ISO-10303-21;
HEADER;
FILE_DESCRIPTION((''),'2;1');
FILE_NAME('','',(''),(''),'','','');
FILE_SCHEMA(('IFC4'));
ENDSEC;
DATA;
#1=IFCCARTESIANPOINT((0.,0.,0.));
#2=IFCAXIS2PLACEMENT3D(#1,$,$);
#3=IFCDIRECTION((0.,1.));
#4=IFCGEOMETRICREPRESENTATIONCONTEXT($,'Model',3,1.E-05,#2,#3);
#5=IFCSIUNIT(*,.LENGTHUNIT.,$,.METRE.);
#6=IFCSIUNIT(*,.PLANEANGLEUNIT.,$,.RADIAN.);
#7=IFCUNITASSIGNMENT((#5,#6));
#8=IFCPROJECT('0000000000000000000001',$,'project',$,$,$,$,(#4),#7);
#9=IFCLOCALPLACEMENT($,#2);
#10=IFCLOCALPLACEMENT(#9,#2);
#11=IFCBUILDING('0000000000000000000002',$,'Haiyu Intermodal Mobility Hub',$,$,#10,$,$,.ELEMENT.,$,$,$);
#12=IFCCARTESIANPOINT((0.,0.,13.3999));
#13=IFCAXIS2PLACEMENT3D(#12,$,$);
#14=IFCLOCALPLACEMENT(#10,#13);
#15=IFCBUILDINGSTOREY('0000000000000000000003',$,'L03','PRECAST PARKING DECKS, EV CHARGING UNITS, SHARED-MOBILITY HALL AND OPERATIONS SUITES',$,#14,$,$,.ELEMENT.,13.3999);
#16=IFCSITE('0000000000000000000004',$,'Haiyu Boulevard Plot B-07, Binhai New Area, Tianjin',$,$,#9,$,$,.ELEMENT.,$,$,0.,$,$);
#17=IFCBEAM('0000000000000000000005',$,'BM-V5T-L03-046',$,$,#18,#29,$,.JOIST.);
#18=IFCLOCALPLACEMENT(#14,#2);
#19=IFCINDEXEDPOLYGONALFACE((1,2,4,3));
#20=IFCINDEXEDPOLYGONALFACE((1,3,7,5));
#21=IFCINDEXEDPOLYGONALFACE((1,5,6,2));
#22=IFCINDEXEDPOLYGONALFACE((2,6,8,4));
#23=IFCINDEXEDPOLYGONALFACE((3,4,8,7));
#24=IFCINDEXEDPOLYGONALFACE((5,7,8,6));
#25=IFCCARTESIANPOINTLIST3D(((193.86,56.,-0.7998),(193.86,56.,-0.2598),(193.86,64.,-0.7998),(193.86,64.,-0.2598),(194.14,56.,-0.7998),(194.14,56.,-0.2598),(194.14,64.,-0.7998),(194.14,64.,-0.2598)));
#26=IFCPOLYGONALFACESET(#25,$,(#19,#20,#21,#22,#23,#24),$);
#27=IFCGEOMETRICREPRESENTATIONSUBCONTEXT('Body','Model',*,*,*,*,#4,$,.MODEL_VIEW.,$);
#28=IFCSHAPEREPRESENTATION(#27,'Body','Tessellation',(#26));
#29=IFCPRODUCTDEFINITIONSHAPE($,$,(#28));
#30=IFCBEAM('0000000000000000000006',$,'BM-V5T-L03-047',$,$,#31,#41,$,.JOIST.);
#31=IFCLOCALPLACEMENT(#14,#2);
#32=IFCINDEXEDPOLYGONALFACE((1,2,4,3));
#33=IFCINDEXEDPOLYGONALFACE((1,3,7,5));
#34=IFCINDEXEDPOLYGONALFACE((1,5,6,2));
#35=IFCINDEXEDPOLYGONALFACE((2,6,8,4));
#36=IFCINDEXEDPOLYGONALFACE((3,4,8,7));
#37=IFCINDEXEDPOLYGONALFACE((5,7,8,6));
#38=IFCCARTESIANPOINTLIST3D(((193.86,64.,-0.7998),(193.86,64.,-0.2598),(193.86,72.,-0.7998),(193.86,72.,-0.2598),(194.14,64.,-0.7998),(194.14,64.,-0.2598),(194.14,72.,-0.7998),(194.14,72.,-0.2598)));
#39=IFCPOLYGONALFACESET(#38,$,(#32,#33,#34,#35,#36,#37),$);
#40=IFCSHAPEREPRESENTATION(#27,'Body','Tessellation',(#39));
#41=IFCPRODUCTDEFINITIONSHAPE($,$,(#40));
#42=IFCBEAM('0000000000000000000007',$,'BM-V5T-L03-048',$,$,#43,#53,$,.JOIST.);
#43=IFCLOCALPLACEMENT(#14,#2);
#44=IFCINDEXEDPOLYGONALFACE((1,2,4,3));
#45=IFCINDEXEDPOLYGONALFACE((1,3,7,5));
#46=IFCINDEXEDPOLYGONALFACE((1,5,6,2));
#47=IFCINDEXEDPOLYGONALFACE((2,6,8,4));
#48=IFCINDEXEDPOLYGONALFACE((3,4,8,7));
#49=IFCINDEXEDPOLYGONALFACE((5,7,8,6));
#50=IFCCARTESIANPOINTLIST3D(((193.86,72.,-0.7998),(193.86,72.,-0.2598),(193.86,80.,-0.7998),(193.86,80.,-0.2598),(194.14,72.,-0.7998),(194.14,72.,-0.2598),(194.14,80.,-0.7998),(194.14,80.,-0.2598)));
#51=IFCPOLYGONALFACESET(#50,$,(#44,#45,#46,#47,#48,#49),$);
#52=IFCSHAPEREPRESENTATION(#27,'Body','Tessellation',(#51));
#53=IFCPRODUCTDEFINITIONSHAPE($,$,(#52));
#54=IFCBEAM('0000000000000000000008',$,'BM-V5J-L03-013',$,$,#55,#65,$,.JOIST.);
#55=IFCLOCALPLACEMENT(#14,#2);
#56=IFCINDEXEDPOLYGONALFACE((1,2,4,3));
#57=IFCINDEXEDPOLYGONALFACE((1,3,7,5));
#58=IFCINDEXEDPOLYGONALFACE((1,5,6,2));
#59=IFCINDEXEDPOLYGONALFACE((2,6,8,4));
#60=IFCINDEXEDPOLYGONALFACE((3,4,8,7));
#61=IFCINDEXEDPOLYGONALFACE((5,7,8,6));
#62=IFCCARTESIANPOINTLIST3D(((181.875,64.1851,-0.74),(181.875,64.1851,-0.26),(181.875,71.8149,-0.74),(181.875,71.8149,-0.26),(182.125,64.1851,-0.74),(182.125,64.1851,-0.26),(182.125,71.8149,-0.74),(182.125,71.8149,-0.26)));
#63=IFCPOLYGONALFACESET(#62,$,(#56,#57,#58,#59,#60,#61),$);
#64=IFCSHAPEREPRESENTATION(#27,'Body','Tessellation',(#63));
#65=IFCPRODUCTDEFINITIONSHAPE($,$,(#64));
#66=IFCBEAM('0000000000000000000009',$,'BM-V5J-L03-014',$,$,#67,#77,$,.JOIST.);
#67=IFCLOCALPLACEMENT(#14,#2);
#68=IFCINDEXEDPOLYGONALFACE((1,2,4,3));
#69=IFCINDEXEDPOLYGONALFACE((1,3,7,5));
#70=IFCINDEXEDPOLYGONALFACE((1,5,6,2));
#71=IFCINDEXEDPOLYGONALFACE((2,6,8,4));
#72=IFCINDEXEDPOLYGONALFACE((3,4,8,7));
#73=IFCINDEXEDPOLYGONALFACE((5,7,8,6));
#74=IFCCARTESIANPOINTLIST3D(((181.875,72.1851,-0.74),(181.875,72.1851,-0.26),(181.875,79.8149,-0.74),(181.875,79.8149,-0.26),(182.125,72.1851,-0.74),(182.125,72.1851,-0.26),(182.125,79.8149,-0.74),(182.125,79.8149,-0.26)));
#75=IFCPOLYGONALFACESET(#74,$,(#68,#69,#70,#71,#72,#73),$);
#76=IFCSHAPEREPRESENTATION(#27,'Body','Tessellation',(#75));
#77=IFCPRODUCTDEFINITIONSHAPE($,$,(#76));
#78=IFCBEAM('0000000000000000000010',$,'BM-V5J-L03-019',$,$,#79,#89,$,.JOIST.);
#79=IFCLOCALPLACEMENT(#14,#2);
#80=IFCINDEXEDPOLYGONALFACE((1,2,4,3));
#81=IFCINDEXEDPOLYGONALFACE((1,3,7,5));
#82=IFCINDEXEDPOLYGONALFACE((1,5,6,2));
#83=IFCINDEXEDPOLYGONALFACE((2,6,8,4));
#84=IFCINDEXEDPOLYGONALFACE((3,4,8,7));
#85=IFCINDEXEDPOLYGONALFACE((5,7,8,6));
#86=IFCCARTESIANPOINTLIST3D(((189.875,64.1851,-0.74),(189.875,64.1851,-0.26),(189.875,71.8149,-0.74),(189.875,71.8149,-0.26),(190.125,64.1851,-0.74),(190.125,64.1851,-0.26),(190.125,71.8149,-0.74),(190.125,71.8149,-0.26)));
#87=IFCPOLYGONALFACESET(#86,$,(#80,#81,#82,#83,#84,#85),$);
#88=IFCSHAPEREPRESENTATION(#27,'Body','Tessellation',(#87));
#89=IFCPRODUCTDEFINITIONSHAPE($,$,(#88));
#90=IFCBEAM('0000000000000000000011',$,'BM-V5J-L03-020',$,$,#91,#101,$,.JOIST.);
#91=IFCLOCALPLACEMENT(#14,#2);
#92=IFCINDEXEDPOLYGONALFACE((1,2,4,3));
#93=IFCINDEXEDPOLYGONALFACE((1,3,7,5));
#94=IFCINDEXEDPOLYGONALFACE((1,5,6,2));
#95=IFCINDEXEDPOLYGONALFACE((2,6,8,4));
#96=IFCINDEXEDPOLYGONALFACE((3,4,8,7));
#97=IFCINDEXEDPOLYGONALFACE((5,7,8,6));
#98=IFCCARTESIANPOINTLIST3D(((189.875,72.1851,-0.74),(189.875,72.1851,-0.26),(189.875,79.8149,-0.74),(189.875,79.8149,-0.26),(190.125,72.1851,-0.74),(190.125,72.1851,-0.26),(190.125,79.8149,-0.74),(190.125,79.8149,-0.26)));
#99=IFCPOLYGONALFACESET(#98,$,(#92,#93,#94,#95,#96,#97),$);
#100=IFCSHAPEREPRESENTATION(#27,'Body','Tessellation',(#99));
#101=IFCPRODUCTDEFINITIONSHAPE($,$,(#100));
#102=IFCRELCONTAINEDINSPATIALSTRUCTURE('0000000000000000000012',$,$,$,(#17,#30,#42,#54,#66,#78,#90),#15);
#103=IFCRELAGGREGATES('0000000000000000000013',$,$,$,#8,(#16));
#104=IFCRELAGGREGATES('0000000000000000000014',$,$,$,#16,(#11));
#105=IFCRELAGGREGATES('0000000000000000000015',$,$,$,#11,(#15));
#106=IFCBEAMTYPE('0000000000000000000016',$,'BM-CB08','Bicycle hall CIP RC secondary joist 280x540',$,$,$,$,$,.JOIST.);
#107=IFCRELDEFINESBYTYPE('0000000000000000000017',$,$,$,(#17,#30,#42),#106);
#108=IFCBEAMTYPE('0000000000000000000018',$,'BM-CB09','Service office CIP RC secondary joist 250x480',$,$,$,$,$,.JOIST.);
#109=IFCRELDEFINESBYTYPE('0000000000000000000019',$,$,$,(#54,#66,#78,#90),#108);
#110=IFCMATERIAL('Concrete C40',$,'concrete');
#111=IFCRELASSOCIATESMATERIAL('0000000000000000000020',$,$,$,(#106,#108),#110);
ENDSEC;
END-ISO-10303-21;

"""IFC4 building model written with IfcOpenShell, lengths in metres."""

from ifc_helpers import new_model, si_unit, direction, frame, origin, origin_2d, place, context, subcontext, project, spatial, rectangle, extrude, material, material_profile, profile_set, type_object, element, save


model = new_model("IFC4")

# Units and contexts
model_context = context("Model", 3, precision=1e-05, world=origin(), true_north=direction((0.0, 1.0)))
body_context = subcontext(model_context, "Body", "Model", "MODEL_VIEW")
ifc_project = project(units=[si_unit("LENGTHUNIT", "METRE"), si_unit("PLANEANGLEUNIT", "RADIAN")], contexts=[model_context])

# Site, building, storey
site_placement = place(None, origin())
site = spatial("IfcSite", under=ifc_project, at=site_placement, Name="Haiyu Boulevard Plot B-07, Binhai New Area, Tianjin", CompositionType="ELEMENT", RefElevation=0.0)
building_placement = place(site_placement, origin())
building = spatial("IfcBuilding", under=site, at=building_placement, Name="Haiyu Intermodal Mobility Hub", CompositionType="ELEMENT")
storey_placement = place(building_placement, frame((0.0, 0.0, 13.3999)))
storey = spatial("IfcBuildingStorey", under=building, at=storey_placement, Name="L03", Description="PRECAST PARKING DECKS, EV CHARGING UNITS, SHARED-MOBILITY HALL AND OPERATIONS SUITES", CompositionType="ELEMENT", Elevation=13.3999)

# Shared definitions
ifc_material = material(Name="Concrete C40", Category="concrete")

# Beams
ifc_material_profile_1 = material_profile(ifc_material, rectangle(XDim=0.28, YDim=0.54, at=origin_2d()), Name="RCB280x540")
ifc_profile_set_1 = profile_set([ifc_material_profile_1], Name="Concrete C40")
beam_type_1 = type_object("IfcBeamType", Name="BM-CB08", Description="Bicycle hall CIP RC secondary joist 280x540", PredefinedType="JOIST", material=ifc_profile_set_1)
for number, where, z_axis, x_axis, name in (
    (1, (194.0, 56.0, -0.5298), (0.0, 1.0, 0.0), (-1.0, 0.0, 0.0), "BM-V5T-L03-046"),
    (2, (194.0, 64.0, -0.5298), (0.0, 1.0, 0.0), (-1.0, 0.0, 0.0), "BM-V5T-L03-047"),
    (3, (194.0, 72.0, -0.5298), (0.0, 1.0, 0.0), (-1.0, 0.0, 0.0), "BM-V5T-L03-048"),
):
    element("IfcBeam", number, at=place(storey_placement, frame(where, z_axis=z_axis, x_axis=x_axis)), inside=storey, type_object=beam_type_1, Name=name, PredefinedType="JOIST", context=body_context, shape_type="SweptSolid", body=[
        extrude(rectangle(XDim=0.28, YDim=0.54, at=origin_2d()), origin(), (0.0, 0.0, 1.0), 8.0),
    ])
ifc_material_profile_2 = material_profile(ifc_material, rectangle(XDim=0.25, YDim=0.48, at=origin_2d()), Name="RCB250x480")
ifc_profile_set_2 = profile_set([ifc_material_profile_2], Name="Concrete C40")
beam_type_2 = type_object("IfcBeamType", Name="BM-CB09", Description="Service office CIP RC secondary joist 250x480", PredefinedType="JOIST", material=ifc_profile_set_2)
for number, where, z_axis, x_axis, name in (
    (4, (182.0, 64.1851, -0.5), (0.0, 1.0, 0.0), (-1.0, 0.0, 0.0), "BM-V5J-L03-013"),
    (5, (182.0, 72.1851, -0.5), (0.0, 1.0, 0.0), (-1.0, 0.0, 0.0), "BM-V5J-L03-014"),
    (6, (190.0, 64.1851, -0.5), (0.0, 1.0, 0.0), (-1.0, 0.0, 0.0), "BM-V5J-L03-019"),
    (7, (190.0, 72.1851, -0.5), (0.0, 1.0, 0.0), (-1.0, 0.0, 0.0), "BM-V5J-L03-020"),
):
    element("IfcBeam", number, at=place(storey_placement, frame(where, z_axis=z_axis, x_axis=x_axis)), inside=storey, type_object=beam_type_2, Name=name, PredefinedType="JOIST", context=body_context, shape_type="SweptSolid", body=[
        extrude(rectangle(XDim=0.25, YDim=0.48, at=origin_2d()), origin(), (0.0, 0.0, 1.0), 7.6299),
    ])

save(model, "model.ifc")
